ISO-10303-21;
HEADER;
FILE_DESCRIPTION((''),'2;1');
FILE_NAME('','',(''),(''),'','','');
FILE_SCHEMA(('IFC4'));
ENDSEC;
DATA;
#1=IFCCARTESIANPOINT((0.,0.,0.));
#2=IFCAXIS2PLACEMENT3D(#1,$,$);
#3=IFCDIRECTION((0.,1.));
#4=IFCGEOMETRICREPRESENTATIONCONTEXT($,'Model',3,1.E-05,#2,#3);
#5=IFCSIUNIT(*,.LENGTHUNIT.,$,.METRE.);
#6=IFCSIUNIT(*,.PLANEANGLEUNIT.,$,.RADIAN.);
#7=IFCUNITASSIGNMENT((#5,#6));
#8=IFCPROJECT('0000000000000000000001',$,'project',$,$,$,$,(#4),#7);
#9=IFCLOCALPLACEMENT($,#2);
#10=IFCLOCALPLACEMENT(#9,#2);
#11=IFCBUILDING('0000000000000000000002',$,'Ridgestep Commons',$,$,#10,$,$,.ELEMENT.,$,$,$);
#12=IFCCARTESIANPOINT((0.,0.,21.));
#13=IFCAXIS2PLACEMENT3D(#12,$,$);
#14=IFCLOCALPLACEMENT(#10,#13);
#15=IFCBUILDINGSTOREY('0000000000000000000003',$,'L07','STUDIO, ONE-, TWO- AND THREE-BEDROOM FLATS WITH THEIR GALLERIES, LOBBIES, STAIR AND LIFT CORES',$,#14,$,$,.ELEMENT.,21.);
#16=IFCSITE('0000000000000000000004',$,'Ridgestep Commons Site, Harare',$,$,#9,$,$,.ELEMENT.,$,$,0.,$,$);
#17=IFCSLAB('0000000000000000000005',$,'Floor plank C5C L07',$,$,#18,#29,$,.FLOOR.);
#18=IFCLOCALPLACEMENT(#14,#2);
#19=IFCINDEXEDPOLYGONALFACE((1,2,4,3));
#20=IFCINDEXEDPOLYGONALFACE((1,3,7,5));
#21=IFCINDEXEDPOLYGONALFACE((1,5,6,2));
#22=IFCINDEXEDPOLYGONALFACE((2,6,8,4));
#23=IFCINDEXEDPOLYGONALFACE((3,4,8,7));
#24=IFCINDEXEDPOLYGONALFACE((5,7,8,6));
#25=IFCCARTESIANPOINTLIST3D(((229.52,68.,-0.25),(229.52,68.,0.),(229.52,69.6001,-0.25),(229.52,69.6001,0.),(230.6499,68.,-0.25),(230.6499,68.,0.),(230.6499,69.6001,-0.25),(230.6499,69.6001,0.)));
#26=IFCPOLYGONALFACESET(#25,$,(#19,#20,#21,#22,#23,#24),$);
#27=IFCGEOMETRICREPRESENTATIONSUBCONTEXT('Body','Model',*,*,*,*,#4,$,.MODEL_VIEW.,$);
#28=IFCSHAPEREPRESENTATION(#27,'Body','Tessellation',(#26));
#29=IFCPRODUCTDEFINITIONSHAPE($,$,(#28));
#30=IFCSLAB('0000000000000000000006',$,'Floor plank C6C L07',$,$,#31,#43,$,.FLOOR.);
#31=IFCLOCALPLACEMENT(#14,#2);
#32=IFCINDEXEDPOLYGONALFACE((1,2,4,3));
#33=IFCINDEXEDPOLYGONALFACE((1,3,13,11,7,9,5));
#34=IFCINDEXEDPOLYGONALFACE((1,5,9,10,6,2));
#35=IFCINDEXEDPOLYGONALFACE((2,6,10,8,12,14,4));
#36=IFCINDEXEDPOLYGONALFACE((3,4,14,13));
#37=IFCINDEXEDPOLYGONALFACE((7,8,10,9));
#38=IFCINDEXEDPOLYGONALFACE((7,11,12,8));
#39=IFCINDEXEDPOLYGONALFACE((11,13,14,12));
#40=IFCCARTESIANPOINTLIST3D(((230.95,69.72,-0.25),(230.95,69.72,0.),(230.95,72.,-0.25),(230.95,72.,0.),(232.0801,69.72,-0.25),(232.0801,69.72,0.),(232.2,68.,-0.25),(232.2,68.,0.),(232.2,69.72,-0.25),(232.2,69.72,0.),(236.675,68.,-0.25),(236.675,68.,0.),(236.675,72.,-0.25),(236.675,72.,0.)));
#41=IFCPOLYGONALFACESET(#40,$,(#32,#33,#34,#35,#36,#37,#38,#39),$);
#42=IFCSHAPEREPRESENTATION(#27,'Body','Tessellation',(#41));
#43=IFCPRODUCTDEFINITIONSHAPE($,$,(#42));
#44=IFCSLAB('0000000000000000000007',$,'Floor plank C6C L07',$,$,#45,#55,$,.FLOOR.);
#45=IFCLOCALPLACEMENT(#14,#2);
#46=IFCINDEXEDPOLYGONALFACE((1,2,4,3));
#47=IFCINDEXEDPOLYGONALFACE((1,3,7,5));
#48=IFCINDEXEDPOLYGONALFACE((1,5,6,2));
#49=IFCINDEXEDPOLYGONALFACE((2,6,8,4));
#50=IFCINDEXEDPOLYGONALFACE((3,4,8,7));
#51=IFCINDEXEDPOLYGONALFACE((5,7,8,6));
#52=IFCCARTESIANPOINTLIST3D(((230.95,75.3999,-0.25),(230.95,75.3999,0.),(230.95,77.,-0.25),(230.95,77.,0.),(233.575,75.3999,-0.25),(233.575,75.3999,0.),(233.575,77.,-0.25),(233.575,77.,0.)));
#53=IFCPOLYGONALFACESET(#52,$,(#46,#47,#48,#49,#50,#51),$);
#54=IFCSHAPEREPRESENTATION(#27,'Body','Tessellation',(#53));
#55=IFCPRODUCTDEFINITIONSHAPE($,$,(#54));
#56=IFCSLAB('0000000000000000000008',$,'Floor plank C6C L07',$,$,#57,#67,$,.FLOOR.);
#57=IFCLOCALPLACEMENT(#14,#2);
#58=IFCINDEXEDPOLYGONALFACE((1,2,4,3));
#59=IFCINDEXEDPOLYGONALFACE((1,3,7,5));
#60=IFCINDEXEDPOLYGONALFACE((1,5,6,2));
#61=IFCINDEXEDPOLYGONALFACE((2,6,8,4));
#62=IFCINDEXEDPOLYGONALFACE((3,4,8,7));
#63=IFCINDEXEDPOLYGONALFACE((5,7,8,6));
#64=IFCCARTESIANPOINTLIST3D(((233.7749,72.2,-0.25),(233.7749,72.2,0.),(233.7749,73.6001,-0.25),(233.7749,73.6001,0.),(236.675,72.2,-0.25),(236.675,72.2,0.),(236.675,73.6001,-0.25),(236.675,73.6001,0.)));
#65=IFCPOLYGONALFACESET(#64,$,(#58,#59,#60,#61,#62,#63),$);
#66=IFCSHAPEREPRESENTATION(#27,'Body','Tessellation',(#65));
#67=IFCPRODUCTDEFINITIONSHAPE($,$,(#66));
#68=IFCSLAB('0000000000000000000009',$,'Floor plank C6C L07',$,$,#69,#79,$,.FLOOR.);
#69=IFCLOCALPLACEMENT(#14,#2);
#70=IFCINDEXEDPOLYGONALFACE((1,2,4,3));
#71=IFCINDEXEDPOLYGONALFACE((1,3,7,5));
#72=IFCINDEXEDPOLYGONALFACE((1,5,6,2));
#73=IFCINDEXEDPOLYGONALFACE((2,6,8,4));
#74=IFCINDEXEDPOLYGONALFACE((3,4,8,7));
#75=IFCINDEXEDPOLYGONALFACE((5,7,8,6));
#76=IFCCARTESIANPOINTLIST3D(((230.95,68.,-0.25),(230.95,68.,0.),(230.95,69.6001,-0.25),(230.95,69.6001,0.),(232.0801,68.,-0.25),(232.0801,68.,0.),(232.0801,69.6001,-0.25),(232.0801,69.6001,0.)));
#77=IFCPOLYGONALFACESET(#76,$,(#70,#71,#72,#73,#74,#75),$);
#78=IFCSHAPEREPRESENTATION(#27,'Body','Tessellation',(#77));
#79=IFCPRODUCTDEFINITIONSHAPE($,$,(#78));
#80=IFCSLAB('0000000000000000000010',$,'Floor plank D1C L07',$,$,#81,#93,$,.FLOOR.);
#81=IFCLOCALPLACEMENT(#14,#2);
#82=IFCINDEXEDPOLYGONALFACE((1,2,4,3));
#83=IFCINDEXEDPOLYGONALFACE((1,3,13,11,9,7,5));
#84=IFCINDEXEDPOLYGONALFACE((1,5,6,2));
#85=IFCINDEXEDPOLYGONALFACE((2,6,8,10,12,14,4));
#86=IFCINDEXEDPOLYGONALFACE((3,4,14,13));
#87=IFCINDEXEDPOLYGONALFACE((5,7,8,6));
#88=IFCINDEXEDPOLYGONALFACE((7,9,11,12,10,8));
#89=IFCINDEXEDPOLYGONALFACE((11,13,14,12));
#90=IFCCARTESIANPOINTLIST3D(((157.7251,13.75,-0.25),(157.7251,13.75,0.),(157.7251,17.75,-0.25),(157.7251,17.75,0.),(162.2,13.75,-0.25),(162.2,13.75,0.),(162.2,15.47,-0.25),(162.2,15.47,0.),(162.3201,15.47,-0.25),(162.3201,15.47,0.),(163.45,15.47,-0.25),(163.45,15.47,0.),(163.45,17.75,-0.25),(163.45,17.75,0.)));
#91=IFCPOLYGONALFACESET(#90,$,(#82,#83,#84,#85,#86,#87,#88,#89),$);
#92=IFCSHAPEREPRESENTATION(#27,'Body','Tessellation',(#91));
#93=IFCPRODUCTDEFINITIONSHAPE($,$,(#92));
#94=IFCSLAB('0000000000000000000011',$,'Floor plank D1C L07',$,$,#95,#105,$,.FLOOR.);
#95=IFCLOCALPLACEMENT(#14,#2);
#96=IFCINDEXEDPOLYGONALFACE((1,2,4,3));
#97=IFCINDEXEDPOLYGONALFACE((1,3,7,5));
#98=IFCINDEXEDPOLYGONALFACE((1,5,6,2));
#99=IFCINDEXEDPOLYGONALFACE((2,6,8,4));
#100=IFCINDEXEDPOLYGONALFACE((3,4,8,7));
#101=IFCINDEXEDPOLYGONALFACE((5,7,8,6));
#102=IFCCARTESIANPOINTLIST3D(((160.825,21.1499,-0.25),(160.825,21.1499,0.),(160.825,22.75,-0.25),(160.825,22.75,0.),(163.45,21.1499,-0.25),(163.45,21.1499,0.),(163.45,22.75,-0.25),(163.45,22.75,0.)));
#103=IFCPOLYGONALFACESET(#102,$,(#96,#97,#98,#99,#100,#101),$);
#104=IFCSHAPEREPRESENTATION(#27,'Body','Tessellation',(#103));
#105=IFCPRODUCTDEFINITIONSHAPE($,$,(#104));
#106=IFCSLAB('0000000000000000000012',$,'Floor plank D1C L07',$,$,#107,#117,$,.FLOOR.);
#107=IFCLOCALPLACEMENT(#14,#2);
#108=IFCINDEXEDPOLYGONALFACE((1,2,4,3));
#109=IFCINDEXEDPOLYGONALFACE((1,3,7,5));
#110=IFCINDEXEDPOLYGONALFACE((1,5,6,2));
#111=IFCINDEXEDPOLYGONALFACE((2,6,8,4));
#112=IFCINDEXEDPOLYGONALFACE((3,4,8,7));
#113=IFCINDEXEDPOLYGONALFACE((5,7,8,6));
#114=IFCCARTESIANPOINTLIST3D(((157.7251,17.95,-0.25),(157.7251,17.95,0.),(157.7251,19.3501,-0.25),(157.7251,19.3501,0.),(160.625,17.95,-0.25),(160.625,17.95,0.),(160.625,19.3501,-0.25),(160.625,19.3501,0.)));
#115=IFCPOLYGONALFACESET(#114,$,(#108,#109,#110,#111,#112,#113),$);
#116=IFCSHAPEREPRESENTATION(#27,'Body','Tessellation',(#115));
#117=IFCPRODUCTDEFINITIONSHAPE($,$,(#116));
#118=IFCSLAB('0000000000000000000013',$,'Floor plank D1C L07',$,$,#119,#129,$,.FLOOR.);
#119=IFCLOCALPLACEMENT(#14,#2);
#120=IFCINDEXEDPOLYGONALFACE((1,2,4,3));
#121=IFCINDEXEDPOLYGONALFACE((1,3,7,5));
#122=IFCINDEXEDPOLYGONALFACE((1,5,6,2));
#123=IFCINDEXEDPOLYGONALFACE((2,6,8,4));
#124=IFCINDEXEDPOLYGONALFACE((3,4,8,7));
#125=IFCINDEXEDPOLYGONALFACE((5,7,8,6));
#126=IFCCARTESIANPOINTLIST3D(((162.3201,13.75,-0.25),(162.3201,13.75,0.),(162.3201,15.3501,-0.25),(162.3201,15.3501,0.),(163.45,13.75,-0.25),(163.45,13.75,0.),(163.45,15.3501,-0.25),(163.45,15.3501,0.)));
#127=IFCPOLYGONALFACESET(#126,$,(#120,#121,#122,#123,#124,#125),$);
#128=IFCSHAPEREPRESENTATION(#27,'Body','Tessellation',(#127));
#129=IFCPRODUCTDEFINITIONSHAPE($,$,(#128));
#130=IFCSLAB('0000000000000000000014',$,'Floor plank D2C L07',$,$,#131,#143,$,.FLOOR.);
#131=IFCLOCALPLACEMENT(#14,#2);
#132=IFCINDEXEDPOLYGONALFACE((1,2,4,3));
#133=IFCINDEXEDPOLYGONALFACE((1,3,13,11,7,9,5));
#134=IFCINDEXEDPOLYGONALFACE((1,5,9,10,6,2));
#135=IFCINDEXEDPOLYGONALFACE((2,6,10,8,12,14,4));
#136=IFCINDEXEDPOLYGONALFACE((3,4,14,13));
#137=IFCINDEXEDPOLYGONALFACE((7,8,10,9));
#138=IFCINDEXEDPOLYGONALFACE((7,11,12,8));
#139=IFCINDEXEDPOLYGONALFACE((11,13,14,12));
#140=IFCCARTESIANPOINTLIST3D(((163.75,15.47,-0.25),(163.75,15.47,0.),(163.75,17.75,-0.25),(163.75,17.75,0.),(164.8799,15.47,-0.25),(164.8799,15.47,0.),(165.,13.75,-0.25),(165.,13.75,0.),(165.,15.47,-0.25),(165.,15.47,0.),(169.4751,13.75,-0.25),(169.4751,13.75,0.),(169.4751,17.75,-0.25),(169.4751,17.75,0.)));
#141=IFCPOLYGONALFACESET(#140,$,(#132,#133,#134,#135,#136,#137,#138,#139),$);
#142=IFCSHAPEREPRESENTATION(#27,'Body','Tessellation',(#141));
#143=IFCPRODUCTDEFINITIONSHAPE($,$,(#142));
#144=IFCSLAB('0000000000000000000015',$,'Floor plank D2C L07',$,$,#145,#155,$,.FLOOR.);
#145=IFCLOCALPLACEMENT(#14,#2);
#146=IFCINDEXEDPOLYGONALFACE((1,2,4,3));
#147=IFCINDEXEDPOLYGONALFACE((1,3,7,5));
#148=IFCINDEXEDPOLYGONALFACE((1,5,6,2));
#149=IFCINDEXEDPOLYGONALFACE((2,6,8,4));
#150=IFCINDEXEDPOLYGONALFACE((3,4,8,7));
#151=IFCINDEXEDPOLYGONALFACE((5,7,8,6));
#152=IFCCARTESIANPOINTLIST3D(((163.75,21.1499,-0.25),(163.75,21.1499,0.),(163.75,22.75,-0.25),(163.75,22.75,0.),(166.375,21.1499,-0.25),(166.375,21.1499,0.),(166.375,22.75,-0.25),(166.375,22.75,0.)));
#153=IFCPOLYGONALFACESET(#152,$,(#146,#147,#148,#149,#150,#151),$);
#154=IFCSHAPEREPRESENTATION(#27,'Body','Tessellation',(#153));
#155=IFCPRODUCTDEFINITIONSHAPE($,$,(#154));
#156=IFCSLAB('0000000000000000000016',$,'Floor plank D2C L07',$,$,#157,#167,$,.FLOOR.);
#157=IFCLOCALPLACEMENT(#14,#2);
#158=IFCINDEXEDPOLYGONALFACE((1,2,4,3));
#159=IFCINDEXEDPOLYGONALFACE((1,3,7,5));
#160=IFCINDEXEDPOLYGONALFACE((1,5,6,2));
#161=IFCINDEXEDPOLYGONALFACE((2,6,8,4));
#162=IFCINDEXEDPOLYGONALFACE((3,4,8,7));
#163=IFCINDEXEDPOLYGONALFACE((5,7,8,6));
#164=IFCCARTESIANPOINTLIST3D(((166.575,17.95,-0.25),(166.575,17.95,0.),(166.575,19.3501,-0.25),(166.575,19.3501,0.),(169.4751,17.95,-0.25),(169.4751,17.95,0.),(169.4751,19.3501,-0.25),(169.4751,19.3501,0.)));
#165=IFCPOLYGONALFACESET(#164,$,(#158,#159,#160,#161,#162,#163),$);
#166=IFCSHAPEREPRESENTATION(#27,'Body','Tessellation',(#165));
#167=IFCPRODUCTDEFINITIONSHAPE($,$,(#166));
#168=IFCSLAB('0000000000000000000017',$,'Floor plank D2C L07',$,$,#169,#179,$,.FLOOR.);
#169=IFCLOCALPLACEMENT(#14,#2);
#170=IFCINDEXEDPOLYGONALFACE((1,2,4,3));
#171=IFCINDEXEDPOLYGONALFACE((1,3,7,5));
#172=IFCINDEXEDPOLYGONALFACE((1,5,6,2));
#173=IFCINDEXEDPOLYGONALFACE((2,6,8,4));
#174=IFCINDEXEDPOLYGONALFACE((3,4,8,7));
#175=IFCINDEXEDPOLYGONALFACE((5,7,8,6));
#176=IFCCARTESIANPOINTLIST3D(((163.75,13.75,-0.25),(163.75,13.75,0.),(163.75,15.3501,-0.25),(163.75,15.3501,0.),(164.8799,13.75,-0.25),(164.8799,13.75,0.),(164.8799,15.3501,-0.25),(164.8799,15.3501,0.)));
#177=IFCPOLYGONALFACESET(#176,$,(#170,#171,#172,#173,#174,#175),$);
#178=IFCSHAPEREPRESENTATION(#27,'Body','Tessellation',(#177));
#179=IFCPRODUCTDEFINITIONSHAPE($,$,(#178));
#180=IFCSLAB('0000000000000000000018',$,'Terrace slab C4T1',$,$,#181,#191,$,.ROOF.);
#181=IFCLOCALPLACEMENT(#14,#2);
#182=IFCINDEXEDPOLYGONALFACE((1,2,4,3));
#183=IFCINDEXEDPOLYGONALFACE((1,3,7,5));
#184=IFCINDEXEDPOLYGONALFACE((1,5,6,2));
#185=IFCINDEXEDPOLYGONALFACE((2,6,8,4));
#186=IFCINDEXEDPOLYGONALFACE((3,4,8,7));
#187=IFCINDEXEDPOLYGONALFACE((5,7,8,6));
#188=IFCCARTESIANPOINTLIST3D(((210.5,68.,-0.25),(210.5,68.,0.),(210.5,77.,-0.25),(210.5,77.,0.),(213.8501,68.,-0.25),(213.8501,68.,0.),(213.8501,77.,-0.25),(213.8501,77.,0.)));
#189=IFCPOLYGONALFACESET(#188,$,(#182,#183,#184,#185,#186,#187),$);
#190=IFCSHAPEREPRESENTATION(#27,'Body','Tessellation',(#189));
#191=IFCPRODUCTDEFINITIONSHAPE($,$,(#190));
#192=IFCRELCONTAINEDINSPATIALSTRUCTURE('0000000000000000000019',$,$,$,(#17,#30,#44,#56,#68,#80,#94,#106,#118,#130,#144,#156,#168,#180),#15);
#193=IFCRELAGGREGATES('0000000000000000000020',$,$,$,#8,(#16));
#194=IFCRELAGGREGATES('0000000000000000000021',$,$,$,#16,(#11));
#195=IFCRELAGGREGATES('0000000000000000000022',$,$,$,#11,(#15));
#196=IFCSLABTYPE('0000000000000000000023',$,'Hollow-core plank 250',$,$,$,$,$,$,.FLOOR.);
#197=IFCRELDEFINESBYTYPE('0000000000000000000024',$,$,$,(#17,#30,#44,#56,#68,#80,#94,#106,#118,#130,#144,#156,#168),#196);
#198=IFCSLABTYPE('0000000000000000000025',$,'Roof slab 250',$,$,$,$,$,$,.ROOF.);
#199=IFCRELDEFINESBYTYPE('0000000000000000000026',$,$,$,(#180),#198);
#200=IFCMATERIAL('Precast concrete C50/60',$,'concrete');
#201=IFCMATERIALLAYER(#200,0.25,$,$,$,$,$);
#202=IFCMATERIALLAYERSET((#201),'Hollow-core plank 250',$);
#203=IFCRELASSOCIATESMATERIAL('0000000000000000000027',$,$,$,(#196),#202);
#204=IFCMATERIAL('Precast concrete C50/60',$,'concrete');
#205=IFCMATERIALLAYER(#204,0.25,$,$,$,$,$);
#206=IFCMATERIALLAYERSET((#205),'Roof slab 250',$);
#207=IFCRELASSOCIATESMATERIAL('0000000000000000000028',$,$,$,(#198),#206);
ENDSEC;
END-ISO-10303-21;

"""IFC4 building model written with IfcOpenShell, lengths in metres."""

from ifc_helpers import new_model, si_unit, direction, frame, origin, place, context, subcontext, project, spatial, polyline, outline, extrude, material, layer, layer_set, type_object, element, save


model = new_model("IFC4")

# Units and contexts
model_context = context("Model", 3, precision=1e-05, world=origin(), true_north=direction((0.0, 1.0)))
body_context = subcontext(model_context, "Body", "Model", "MODEL_VIEW")
ifc_project = project(units=[si_unit("LENGTHUNIT", "METRE"), si_unit("PLANEANGLEUNIT", "RADIAN")], contexts=[model_context])

# Site, building, storey
site_placement = place(None, origin())
site = spatial("IfcSite", under=ifc_project, at=site_placement, Name="Ridgestep Commons Site, Harare", CompositionType="ELEMENT", RefElevation=0.0)
building_placement = place(site_placement, origin())
building = spatial("IfcBuilding", under=site, at=building_placement, Name="Ridgestep Commons", CompositionType="ELEMENT")
storey_placement = place(building_placement, frame((0.0, 0.0, 21.0)))
storey = spatial("IfcBuildingStorey", under=building, at=storey_placement, Name="L07", Description="STUDIO, ONE-, TWO- AND THREE-BEDROOM FLATS WITH THEIR GALLERIES, LOBBIES, STAIR AND LIFT CORES", CompositionType="ELEMENT", Elevation=21.0)

# Slabs
ifc_material_1 = material(Name="Precast concrete C50/60", Category="concrete")
ifc_layer_1 = layer(ifc_material_1, 0.25)
ifc_layer_set_1 = layer_set([ifc_layer_1], Name="Hollow-core plank 250")
slab_type_1 = type_object("IfcSlabType", Name="Hollow-core plank 250", PredefinedType="FLOOR", material=ifc_layer_set_1)
slab_1_placement = place(storey_placement, frame((0.0, 0.0, -0.25)))
element("IfcSlab", 1, at=slab_1_placement, inside=storey, type_object=slab_type_1, Name="Floor plank C5C L07", PredefinedType="FLOOR", context=body_context, shape_type="SweptSolid", body=[
    extrude(outline(polyline([(229.52, 68.0), (230.6499, 68.0), (230.6499, 69.6001), (229.52, 69.6001), (229.52, 68.0)])), origin(), (0.0, 0.0, 1.0), 0.25),
])
slab_2_placement = place(storey_placement, frame((0.0, 0.0, -0.25)))
element("IfcSlab", 2, at=slab_2_placement, inside=storey, type_object=slab_type_1, Name="Floor plank C6C L07", PredefinedType="FLOOR", context=body_context, shape_type="SweptSolid", body=[
    extrude(outline(polyline([(232.2, 68.0), (236.675, 68.0), (236.675, 72.0), (230.95, 72.0), (230.95, 69.72), (232.0801, 69.72), (232.2, 69.72), (232.2, 68.0)])), origin(), (0.0, 0.0, 1.0), 0.25),
])
slab_3_placement = place(storey_placement, frame((0.0, 0.0, -0.25)))
element("IfcSlab", 3, at=slab_3_placement, inside=storey, type_object=slab_type_1, Name="Floor plank C6C L07", PredefinedType="FLOOR", context=body_context, shape_type="SweptSolid", body=[
    extrude(outline(polyline([(233.575, 77.0), (230.95, 77.0), (230.95, 75.3999), (233.575, 75.3999), (233.575, 77.0)])), origin(), (0.0, 0.0, 1.0), 0.25),
])
slab_4_placement = place(storey_placement, frame((0.0, 0.0, -0.25)))
element("IfcSlab", 4, at=slab_4_placement, inside=storey, type_object=slab_type_1, Name="Floor plank C6C L07", PredefinedType="FLOOR", context=body_context, shape_type="SweptSolid", body=[
    extrude(outline(polyline([(236.675, 72.2), (236.675, 73.6001), (233.7749, 73.6001), (233.7749, 72.2), (236.675, 72.2)])), origin(), (0.0, 0.0, 1.0), 0.25),
])
slab_5_placement = place(storey_placement, frame((0.0, 0.0, -0.25)))
element("IfcSlab", 5, at=slab_5_placement, inside=storey, type_object=slab_type_1, Name="Floor plank C6C L07", PredefinedType="FLOOR", context=body_context, shape_type="SweptSolid", body=[
    extrude(outline(polyline([(232.0801, 69.6001), (230.95, 69.6001), (230.95, 68.0), (232.0801, 68.0), (232.0801, 69.6001)])), origin(), (0.0, 0.0, 1.0), 0.25),
])
slab_6_placement = place(storey_placement, frame((0.0, 0.0, -0.25)))
element("IfcSlab", 6, at=slab_6_placement, inside=storey, type_object=slab_type_1, Name="Floor plank D1C L07", PredefinedType="FLOOR", context=body_context, shape_type="SweptSolid", body=[
    extrude(outline(polyline([(162.3201, 15.47), (163.45, 15.47), (163.45, 17.75), (157.7251, 17.75), (157.7251, 13.75), (162.2, 13.75), (162.2, 15.47), (162.3201, 15.47)])), origin(), (0.0, 0.0, 1.0), 0.25),
])
slab_7_placement = place(storey_placement, frame((0.0, 0.0, -0.25)))
element("IfcSlab", 7, at=slab_7_placement, inside=storey, type_object=slab_type_1, Name="Floor plank D1C L07", PredefinedType="FLOOR", context=body_context, shape_type="SweptSolid", body=[
    extrude(outline(polyline([(163.45, 21.1499), (163.45, 22.75), (160.825, 22.75), (160.825, 21.1499), (163.45, 21.1499)])), origin(), (0.0, 0.0, 1.0), 0.25),
])
slab_8_placement = place(storey_placement, frame((0.0, 0.0, -0.25)))
element("IfcSlab", 8, at=slab_8_placement, inside=storey, type_object=slab_type_1, Name="Floor plank D1C L07", PredefinedType="FLOOR", context=body_context, shape_type="SweptSolid", body=[
    extrude(outline(polyline([(160.625, 17.95), (160.625, 19.3501), (157.7251, 19.3501), (157.7251, 17.95), (160.625, 17.95)])), origin(), (0.0, 0.0, 1.0), 0.25),
])
slab_9_placement = place(storey_placement, frame((0.0, 0.0, -0.25)))
element("IfcSlab", 9, at=slab_9_placement, inside=storey, type_object=slab_type_1, Name="Floor plank D1C L07", PredefinedType="FLOOR", context=body_context, shape_type="SweptSolid", body=[
    extrude(outline(polyline([(162.3201, 13.75), (163.45, 13.75), (163.45, 15.3501), (162.3201, 15.3501), (162.3201, 13.75)])), origin(), (0.0, 0.0, 1.0), 0.25),
])
slab_10_placement = place(storey_placement, frame((0.0, 0.0, -0.25)))
element("IfcSlab", 10, at=slab_10_placement, inside=storey, type_object=slab_type_1, Name="Floor plank D2C L07", PredefinedType="FLOOR", context=body_context, shape_type="SweptSolid", body=[
    extrude(outline(polyline([(165.0, 13.75), (169.4751, 13.75), (169.4751, 17.75), (163.75, 17.75), (163.75, 15.47), (164.8799, 15.47), (165.0, 15.47), (165.0, 13.75)])), origin(), (0.0, 0.0, 1.0), 0.25),
])
slab_11_placement = place(storey_placement, frame((0.0, 0.0, -0.25)))
element("IfcSlab", 11, at=slab_11_placement, inside=storey, type_object=slab_type_1, Name="Floor plank D2C L07", PredefinedType="FLOOR", context=body_context, shape_type="SweptSolid", body=[
    extrude(outline(polyline([(166.375, 22.75), (163.75, 22.75), (163.75, 21.1499), (166.375, 21.1499), (166.375, 22.75)])), origin(), (0.0, 0.0, 1.0), 0.25),
])
slab_12_placement = place(storey_placement, frame((0.0, 0.0, -0.25)))
element("IfcSlab", 12, at=slab_12_placement, inside=storey, type_object=slab_type_1, Name="Floor plank D2C L07", PredefinedType="FLOOR", context=body_context, shape_type="SweptSolid", body=[
    extrude(outline(polyline([(169.4751, 17.95), (169.4751, 19.3501), (166.575, 19.3501), (166.575, 17.95), (169.4751, 17.95)])), origin(), (0.0, 0.0, 1.0), 0.25),
])
slab_13_placement = place(storey_placement, frame((0.0, 0.0, -0.25)))
element("IfcSlab", 13, at=slab_13_placement, inside=storey, type_object=slab_type_1, Name="Floor plank D2C L07", PredefinedType="FLOOR", context=body_context, shape_type="SweptSolid", body=[
    extrude(outline(polyline([(164.8799, 15.3501), (163.75, 15.3501), (163.75, 13.75), (164.8799, 13.75), (164.8799, 15.3501)])), origin(), (0.0, 0.0, 1.0), 0.25),
])
ifc_material_2 = material(Name="Precast concrete C50/60", Category="concrete")
ifc_layer_2 = layer(ifc_material_2, 0.25)
ifc_layer_set_2 = layer_set([ifc_layer_2], Name="Roof slab 250")
slab_type_2 = type_object("IfcSlabType", Name="Roof slab 250", PredefinedType="ROOF", material=ifc_layer_set_2)
slab_14_placement = place(storey_placement, frame((0.0, 0.0, -0.25)))
element("IfcSlab", 14, at=slab_14_placement, inside=storey, type_object=slab_type_2, Name="Terrace slab C4T1", PredefinedType="ROOF", context=body_context, shape_type="SweptSolid", body=[
    extrude(outline(polyline([(213.8501, 68.0), (213.8501, 77.0), (210.5, 77.0), (210.5, 68.0), (213.8501, 68.0)])), origin(), (0.0, 0.0, 1.0), 0.25),
])

save(model, "model.ifc")
